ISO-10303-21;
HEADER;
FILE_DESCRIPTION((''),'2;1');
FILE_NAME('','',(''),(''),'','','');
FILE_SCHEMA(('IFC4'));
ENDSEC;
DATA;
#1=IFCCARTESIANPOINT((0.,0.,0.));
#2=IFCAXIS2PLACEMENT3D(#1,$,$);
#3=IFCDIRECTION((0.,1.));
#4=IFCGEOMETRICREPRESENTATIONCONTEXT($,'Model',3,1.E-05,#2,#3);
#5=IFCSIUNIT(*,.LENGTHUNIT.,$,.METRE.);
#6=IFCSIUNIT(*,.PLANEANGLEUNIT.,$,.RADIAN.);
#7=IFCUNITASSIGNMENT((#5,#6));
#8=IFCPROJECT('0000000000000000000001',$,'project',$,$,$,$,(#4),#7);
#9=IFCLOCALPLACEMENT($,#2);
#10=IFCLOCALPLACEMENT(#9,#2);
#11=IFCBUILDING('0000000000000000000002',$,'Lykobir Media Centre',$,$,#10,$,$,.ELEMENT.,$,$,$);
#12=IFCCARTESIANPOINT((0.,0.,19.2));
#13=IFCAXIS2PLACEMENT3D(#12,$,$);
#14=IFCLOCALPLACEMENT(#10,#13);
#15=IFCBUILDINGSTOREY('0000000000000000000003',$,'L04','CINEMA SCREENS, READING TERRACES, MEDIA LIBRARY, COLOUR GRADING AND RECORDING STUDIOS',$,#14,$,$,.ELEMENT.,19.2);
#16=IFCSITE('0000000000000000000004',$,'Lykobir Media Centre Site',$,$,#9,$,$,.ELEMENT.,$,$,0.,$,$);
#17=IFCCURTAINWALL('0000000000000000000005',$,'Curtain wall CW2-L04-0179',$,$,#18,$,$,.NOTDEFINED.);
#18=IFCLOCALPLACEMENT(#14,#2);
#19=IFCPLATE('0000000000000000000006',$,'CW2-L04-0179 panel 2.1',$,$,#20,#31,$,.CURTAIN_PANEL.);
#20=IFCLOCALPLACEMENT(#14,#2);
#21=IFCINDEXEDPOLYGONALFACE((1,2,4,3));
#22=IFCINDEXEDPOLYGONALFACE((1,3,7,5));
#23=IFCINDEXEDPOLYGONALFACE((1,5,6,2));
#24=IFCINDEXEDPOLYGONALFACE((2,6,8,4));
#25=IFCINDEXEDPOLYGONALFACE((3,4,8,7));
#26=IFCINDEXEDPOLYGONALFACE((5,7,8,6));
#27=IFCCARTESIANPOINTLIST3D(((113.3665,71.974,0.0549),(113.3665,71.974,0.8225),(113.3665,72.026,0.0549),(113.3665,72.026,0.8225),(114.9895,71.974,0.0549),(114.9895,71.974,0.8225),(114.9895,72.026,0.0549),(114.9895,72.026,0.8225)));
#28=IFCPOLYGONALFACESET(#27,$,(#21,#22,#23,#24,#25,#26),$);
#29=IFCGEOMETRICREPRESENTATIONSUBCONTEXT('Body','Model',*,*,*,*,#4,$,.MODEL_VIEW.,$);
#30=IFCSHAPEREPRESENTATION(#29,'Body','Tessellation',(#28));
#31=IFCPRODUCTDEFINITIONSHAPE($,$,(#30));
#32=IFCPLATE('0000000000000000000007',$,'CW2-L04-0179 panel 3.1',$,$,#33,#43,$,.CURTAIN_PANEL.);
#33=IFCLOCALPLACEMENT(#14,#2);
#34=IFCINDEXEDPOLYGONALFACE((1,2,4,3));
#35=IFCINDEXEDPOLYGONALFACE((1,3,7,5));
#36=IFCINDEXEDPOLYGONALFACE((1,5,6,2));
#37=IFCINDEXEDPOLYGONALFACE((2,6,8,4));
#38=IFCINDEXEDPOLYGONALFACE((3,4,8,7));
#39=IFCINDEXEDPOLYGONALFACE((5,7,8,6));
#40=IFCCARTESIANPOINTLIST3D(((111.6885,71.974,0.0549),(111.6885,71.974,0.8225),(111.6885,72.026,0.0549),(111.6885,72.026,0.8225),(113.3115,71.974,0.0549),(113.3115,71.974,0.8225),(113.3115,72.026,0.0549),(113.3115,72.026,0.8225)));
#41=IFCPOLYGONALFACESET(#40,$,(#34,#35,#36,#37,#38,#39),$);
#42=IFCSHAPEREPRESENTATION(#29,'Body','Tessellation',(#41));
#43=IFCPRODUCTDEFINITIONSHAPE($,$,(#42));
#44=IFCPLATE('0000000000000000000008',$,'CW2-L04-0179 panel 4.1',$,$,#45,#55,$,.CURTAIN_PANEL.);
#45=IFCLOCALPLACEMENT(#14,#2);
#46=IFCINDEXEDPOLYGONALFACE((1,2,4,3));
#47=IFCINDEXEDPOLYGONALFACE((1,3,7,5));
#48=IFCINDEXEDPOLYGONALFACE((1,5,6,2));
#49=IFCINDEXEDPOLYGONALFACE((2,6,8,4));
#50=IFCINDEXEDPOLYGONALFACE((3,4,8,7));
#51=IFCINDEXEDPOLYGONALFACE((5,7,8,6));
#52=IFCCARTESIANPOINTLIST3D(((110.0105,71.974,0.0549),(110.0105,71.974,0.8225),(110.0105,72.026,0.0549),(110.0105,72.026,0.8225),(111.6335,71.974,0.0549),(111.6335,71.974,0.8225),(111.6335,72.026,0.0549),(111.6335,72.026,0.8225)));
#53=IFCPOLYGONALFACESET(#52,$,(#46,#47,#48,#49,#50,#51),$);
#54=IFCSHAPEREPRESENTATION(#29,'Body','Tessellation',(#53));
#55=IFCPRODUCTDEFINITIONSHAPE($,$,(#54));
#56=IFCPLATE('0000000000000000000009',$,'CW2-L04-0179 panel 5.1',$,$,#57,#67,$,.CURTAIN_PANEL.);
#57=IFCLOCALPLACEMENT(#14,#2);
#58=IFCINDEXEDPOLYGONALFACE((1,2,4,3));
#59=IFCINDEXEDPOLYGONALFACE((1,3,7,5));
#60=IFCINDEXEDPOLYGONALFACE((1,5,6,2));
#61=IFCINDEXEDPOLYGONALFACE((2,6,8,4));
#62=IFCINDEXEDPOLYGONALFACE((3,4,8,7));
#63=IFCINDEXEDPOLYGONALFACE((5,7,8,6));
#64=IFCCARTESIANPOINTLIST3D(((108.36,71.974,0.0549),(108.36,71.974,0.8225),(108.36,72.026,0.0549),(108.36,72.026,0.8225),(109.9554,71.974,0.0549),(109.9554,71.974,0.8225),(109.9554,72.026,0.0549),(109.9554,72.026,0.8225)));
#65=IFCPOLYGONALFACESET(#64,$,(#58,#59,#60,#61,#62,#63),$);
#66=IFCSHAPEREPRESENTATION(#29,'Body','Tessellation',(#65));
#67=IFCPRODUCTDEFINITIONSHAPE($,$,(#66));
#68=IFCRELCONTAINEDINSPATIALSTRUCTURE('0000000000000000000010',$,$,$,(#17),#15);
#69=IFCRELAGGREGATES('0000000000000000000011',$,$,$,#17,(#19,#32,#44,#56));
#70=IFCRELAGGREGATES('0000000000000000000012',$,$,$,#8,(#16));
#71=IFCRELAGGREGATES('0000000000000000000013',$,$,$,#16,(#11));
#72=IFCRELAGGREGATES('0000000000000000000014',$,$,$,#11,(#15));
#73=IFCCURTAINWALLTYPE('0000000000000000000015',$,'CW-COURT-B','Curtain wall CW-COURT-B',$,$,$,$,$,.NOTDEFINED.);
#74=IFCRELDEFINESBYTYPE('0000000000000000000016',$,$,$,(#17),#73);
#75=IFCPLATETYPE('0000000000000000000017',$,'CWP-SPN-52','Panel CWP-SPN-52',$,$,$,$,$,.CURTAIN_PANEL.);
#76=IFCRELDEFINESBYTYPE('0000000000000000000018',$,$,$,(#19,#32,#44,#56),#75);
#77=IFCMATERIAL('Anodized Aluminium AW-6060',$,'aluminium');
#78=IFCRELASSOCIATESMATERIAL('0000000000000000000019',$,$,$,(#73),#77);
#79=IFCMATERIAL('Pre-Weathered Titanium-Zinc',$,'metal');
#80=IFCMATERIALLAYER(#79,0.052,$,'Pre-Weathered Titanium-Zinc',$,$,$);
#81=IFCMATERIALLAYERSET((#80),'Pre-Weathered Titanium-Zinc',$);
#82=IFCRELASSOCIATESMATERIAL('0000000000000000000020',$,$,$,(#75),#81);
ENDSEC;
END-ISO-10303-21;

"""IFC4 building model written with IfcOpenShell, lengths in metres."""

from ifc_helpers import new_model, si_unit, direction, frame, origin, origin_2d, place, context, subcontext, project, spatial, rectangle, extrude, material, layer, layer_set, type_object, element, aggregate, save


model = new_model("IFC4")

# Units and contexts
model_context = context("Model", 3, precision=1e-05, world=origin(), true_north=direction((0.0, 1.0)))
body_context = subcontext(model_context, "Body", "Model", "MODEL_VIEW")
ifc_project = project(units=[si_unit("LENGTHUNIT", "METRE"), si_unit("PLANEANGLEUNIT", "RADIAN")], contexts=[model_context])

# Site, building, storey
site_placement = place(None, origin())
site = spatial("IfcSite", under=ifc_project, at=site_placement, Name="Lykobir Media Centre Site", CompositionType="ELEMENT", RefElevation=0.0)
building_placement = place(site_placement, origin())
building = spatial("IfcBuilding", under=site, at=building_placement, Name="Lykobir Media Centre", CompositionType="ELEMENT")
storey_placement = place(building_placement, frame((0.0, 0.0, 19.2)))
storey = spatial("IfcBuildingStorey", under=building, at=storey_placement, Name="L04", Description="CINEMA SCREENS, READING TERRACES, MEDIA LIBRARY, COLOUR GRADING AND RECORDING STUDIOS", CompositionType="ELEMENT", Elevation=19.2)

# Shared definitions
ifc_material_1 = material(Name="Anodized Aluminium AW-6060", Category="aluminium")
curtain_wall_type = type_object("IfcCurtainWallType", Name="CW-COURT-B", Description="Curtain wall CW-COURT-B", PredefinedType="NOTDEFINED", material=ifc_material_1)

# Curtain wall
curtain_wall_1_placement = place(storey_placement, origin())
curtain_wall_1 = element("IfcCurtainWall", 1, at=curtain_wall_1_placement, inside=storey, type_object=curtain_wall_type, Name="Curtain wall CW2-L04-0179", PredefinedType="NOTDEFINED")

# Plates
ifc_material_2 = material(Name="Pre-Weathered Titanium-Zinc", Category="metal")
ifc_layer_1 = layer(ifc_material_2, 0.052, Name="Pre-Weathered Titanium-Zinc")
ifc_layer_set_1 = layer_set([ifc_layer_1], Name="Pre-Weathered Titanium-Zinc")
plate_type_1 = type_object("IfcPlateType", Name="CWP-SPN-52", Description="Panel CWP-SPN-52", PredefinedType="CURTAIN_PANEL", material=ifc_layer_set_1)
plate_1_placement = place(storey_placement, frame((114.178, 72.0, 0.0549), z_axis=(0.0, 0.0, 1.0), x_axis=(-1.0, 0.0, 0.0)))
plate_1 = element("IfcPlate", 2, at=plate_1_placement, type_object=plate_type_1, Name="CW2-L04-0179 panel 2.1", PredefinedType="CURTAIN_PANEL", context=body_context, shape_type="SweptSolid", body=[
    extrude(rectangle(XDim=1.623, YDim=0.052, at=origin_2d()), origin(), (0.0, 0.0, 1.0), 0.7676),
])
plate_2_placement = place(storey_placement, frame((112.5, 72.0, 0.0549), z_axis=(0.0, 0.0, 1.0), x_axis=(-1.0, 0.0, 0.0)))
plate_2 = element("IfcPlate", 3, at=plate_2_placement, type_object=plate_type_1, Name="CW2-L04-0179 panel 3.1", PredefinedType="CURTAIN_PANEL", context=body_context, shape_type="SweptSolid", body=[
    extrude(rectangle(XDim=1.623, YDim=0.052, at=origin_2d()), origin(), (0.0, 0.0, 1.0), 0.7676),
])
plate_3_placement = place(storey_placement, frame((110.822, 72.0, 0.0549), z_axis=(0.0, 0.0, 1.0), x_axis=(-1.0, 0.0, 0.0)))
plate_3 = element("IfcPlate", 4, at=plate_3_placement, type_object=plate_type_1, Name="CW2-L04-0179 panel 4.1", PredefinedType="CURTAIN_PANEL", context=body_context, shape_type="SweptSolid", body=[
    extrude(rectangle(XDim=1.623, YDim=0.052, at=origin_2d()), origin(), (0.0, 0.0, 1.0), 0.7676),
])
plate_4_placement = place(storey_placement, frame((109.1577, 72.0, 0.0549), z_axis=(0.0, 0.0, 1.0), x_axis=(-1.0, 0.0, 0.0)))
plate_4 = element("IfcPlate", 5, at=plate_4_placement, type_object=plate_type_1, Name="CW2-L04-0179 panel 5.1", PredefinedType="CURTAIN_PANEL", context=body_context, shape_type="SweptSolid", body=[
    extrude(rectangle(XDim=1.5955, YDim=0.052, at=origin_2d()), origin(), (0.0, 0.0, 1.0), 0.7676),
])
aggregate(curtain_wall_1, [plate_1, plate_2, plate_3, plate_4])

save(model, "model.ifc")
